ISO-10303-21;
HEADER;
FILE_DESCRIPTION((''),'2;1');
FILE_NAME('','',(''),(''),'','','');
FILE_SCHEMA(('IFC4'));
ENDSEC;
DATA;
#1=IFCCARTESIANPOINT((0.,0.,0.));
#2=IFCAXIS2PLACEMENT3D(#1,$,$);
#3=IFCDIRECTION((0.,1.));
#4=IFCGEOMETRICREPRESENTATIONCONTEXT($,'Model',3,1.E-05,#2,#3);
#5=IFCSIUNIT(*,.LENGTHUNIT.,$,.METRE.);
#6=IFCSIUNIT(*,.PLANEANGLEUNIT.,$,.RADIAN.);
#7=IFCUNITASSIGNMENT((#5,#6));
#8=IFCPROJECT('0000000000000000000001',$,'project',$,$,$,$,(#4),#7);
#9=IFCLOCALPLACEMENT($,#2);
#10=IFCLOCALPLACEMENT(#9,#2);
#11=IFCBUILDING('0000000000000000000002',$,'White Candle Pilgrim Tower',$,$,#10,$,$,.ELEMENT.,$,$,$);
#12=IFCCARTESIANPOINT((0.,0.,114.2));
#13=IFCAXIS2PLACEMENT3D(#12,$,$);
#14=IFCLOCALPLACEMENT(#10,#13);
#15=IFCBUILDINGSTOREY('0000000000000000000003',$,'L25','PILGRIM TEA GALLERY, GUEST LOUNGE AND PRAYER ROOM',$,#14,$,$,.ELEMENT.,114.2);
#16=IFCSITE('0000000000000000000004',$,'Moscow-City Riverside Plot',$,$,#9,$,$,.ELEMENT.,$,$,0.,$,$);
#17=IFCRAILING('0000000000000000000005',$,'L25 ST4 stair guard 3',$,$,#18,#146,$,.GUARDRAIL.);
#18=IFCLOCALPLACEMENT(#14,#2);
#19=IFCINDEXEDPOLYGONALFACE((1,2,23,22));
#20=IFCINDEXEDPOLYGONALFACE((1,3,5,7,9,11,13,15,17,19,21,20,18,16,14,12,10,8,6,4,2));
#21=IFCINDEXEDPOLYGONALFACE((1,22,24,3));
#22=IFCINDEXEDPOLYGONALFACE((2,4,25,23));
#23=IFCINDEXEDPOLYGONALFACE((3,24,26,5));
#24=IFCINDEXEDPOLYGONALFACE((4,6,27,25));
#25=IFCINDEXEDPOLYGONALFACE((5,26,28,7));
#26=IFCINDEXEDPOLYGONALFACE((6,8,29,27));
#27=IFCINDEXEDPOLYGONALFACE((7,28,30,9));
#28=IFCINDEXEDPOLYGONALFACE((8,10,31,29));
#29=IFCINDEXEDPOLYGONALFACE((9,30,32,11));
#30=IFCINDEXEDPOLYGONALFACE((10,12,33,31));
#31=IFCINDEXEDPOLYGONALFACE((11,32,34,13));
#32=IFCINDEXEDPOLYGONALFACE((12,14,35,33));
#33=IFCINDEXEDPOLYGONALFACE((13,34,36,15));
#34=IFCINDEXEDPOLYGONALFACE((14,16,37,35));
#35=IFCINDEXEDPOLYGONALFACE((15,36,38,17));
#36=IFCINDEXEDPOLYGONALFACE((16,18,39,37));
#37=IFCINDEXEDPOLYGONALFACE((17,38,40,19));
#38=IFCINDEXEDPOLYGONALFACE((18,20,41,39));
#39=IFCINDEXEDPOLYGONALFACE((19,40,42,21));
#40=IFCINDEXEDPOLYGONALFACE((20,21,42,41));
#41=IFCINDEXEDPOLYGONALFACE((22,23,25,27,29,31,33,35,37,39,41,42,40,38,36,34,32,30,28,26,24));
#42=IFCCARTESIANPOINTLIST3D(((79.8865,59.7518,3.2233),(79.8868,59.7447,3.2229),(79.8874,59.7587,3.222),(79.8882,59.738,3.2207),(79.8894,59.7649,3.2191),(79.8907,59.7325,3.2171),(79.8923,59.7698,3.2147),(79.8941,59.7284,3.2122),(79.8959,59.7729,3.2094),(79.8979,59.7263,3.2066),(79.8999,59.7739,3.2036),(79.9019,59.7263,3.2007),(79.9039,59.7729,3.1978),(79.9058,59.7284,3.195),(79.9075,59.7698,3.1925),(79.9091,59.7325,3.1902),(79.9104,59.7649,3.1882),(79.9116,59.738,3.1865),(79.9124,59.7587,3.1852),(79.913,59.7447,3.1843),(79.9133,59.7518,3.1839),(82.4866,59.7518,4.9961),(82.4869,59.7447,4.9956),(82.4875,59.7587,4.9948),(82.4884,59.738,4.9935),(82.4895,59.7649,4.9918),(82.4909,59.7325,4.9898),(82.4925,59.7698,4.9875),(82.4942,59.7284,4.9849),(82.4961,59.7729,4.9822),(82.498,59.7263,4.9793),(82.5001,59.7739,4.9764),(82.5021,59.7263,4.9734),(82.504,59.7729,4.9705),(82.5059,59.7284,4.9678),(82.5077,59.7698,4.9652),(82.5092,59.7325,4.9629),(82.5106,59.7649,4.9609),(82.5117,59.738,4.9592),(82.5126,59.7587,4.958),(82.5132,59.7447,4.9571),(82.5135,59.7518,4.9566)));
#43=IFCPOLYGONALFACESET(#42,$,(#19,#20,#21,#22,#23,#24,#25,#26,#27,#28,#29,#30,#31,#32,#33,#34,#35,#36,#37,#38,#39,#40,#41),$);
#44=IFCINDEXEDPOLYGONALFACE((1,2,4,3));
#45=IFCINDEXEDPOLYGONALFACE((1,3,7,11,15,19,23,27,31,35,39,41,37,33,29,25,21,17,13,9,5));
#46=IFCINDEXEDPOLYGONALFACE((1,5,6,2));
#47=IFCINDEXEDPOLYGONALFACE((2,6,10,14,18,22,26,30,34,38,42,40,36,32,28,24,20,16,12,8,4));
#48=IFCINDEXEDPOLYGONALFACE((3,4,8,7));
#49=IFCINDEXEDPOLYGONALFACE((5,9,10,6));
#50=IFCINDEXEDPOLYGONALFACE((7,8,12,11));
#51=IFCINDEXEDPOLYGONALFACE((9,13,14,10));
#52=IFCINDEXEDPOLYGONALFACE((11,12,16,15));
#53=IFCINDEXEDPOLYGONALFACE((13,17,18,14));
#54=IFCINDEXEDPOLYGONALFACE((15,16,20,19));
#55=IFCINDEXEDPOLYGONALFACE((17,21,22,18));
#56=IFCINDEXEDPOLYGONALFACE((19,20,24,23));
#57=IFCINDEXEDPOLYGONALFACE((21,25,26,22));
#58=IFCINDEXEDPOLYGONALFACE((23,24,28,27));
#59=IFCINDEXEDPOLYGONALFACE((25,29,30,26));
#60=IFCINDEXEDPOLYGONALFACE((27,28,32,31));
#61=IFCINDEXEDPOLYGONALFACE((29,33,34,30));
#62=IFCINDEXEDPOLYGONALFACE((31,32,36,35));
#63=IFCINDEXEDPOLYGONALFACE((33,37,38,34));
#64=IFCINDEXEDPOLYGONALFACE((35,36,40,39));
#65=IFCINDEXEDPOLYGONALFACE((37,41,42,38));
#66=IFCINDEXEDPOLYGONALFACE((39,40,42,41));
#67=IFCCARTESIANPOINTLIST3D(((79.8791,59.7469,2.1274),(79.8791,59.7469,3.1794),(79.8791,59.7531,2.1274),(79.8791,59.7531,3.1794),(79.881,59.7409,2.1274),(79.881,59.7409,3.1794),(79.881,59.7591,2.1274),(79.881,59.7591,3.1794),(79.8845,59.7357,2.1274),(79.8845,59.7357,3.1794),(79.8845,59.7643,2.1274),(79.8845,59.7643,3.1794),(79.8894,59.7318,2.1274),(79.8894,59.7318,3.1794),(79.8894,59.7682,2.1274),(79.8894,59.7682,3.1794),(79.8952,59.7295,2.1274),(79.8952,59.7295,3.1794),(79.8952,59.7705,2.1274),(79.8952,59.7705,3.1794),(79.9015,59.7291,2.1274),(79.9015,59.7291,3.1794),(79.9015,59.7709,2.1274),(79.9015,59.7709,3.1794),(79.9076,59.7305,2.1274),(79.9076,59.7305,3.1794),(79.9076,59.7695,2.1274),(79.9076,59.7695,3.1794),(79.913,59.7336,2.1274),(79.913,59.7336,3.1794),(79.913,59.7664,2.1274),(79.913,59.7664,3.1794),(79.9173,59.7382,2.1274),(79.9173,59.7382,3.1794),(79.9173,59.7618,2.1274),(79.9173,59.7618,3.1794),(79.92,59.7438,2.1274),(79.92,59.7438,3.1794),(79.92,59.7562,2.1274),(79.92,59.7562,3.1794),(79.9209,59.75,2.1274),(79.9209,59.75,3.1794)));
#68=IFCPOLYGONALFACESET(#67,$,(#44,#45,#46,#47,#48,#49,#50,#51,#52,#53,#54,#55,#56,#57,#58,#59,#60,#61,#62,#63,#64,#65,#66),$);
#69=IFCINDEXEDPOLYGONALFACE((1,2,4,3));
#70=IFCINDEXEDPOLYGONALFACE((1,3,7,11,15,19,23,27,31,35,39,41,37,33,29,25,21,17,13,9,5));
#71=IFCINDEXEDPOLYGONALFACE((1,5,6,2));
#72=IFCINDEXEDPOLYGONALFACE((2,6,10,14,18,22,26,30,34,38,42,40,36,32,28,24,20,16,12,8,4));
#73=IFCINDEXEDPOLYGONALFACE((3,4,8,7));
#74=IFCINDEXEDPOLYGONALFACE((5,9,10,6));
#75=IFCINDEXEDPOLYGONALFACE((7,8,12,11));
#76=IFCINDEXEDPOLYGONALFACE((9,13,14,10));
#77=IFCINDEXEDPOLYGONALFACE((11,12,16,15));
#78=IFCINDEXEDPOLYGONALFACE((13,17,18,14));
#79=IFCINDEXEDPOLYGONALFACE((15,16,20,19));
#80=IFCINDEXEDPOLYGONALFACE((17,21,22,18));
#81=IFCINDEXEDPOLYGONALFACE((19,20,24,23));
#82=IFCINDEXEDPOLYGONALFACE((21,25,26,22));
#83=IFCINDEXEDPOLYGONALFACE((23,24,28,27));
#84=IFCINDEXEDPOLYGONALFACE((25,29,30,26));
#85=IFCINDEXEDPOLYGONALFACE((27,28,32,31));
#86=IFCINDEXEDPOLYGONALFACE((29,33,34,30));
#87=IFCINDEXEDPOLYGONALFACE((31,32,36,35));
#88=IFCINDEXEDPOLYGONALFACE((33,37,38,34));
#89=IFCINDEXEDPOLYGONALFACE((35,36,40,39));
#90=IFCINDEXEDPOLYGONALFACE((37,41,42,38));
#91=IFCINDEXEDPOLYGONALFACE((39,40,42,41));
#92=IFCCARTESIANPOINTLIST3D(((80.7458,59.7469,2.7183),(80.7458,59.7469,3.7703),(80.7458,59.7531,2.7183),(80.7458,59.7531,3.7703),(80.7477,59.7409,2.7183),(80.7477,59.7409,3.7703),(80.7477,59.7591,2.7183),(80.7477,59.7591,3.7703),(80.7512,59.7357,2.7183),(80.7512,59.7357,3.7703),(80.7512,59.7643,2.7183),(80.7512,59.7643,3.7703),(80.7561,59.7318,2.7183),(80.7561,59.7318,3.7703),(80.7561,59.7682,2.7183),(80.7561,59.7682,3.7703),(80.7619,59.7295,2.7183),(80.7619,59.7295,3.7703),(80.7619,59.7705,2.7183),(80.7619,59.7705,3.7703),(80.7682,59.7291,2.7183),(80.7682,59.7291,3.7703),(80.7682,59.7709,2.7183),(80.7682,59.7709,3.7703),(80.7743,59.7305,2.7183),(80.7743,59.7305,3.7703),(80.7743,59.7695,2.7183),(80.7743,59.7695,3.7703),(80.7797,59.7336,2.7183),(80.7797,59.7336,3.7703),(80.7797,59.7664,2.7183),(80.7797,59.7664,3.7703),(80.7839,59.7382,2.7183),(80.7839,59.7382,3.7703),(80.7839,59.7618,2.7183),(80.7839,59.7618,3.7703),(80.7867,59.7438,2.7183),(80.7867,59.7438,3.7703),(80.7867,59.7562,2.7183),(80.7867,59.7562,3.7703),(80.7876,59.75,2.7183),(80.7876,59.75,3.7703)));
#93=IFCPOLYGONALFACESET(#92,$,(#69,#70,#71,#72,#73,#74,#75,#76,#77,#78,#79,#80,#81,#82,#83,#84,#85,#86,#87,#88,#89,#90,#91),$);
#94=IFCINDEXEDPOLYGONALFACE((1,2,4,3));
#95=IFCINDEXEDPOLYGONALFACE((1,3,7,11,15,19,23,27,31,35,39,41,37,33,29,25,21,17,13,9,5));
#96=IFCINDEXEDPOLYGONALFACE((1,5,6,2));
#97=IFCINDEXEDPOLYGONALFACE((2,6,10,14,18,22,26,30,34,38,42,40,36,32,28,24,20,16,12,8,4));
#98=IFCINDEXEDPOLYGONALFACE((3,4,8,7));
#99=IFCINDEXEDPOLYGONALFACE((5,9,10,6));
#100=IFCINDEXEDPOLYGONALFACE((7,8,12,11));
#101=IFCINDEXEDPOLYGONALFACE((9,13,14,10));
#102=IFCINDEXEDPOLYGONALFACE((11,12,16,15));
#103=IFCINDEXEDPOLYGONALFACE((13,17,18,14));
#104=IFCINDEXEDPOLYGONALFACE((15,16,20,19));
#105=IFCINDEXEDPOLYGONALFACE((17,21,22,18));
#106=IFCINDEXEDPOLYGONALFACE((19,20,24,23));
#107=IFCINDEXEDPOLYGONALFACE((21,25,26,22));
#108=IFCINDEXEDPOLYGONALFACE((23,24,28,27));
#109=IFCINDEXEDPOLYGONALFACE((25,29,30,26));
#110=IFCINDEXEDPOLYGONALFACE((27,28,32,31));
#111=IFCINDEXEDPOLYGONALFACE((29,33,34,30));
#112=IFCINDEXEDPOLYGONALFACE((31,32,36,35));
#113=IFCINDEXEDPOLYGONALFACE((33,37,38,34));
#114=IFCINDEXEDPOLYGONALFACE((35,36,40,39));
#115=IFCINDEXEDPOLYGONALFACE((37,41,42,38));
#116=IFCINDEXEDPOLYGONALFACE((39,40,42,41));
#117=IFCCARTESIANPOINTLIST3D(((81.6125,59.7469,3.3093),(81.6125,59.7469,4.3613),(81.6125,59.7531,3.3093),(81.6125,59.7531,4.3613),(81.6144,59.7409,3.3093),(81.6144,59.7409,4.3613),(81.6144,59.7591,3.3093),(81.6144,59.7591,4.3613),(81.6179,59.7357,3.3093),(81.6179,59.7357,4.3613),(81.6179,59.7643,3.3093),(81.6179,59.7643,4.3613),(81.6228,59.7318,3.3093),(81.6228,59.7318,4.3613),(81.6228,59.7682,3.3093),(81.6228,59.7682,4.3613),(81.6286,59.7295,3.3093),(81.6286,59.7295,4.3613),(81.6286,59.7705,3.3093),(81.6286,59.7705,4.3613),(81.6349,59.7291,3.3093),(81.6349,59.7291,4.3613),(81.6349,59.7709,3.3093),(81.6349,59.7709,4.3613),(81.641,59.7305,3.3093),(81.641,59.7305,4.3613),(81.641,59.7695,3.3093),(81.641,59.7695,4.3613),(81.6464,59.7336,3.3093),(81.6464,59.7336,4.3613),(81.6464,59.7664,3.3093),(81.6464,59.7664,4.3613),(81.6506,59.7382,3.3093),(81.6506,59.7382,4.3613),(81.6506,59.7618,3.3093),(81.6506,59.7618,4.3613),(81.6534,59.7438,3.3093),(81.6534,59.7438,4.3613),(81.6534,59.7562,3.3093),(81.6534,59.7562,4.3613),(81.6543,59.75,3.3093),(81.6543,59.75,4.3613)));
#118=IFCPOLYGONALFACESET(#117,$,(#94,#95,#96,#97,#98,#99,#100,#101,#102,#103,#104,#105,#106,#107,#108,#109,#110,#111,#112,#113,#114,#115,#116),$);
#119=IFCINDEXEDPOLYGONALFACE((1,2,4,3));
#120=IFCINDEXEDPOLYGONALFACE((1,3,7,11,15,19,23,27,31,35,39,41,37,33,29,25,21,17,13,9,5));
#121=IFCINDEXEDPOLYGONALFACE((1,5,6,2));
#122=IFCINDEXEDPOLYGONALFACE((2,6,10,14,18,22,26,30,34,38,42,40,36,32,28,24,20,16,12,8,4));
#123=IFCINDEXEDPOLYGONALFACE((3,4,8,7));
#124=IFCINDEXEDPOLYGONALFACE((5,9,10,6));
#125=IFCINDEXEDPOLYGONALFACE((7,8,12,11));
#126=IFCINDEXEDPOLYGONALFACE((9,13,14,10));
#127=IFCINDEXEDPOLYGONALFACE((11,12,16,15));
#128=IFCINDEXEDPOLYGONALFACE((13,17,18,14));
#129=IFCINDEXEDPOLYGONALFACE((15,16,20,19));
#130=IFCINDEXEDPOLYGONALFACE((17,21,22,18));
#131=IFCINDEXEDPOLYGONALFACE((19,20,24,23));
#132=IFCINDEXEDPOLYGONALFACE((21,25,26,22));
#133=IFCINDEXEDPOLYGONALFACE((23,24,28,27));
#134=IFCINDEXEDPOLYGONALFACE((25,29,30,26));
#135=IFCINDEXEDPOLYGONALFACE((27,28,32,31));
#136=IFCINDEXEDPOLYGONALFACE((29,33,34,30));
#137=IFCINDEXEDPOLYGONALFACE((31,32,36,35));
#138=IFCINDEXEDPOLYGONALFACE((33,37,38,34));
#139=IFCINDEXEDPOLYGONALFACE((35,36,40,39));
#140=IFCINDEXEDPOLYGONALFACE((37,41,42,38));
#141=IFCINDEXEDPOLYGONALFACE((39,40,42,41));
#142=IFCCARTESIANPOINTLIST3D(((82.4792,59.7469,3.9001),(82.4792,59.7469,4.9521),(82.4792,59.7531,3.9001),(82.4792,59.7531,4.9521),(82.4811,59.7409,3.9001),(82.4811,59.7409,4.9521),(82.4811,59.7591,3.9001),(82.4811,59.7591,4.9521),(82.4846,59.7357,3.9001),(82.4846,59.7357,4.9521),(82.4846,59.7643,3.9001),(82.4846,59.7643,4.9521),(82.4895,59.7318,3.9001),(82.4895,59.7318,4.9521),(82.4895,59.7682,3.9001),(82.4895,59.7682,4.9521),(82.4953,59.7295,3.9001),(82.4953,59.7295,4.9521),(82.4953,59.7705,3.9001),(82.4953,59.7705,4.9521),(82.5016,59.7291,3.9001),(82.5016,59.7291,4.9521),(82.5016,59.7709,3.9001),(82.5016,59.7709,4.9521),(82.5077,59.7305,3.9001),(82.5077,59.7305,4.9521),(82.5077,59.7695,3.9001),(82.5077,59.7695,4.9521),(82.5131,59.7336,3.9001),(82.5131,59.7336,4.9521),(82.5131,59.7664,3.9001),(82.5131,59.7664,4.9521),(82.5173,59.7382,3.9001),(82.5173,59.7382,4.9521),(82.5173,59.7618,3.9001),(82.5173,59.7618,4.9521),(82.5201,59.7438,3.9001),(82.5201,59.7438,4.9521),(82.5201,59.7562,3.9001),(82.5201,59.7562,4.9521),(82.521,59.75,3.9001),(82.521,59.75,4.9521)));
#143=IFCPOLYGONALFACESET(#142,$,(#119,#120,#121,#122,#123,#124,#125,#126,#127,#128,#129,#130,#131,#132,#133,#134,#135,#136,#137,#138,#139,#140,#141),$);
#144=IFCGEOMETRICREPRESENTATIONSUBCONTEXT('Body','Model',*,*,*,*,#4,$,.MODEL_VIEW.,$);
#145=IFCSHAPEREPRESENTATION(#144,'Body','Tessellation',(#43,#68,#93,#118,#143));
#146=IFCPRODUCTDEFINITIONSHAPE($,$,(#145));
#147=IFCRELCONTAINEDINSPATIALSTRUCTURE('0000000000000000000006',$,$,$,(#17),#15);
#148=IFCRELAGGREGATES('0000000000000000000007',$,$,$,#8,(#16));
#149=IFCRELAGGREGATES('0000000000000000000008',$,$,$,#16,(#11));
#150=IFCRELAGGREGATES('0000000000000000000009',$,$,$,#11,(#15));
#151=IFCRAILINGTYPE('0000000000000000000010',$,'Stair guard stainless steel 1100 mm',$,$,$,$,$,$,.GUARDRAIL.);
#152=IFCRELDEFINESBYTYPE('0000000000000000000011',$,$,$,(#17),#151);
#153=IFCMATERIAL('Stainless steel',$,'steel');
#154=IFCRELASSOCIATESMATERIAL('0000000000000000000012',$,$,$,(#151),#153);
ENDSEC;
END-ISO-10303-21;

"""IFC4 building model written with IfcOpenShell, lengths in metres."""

from ifc_helpers import new_model, si_unit, direction, frame, origin, origin_2d, place, context, subcontext, project, spatial, circle, extrude, material, type_object, element, save


model = new_model("IFC4")

# Units and contexts
model_context = context("Model", 3, precision=1e-05, world=origin(), true_north=direction((0.0, 1.0)))
body_context = subcontext(model_context, "Body", "Model", "MODEL_VIEW")
ifc_project = project(units=[si_unit("LENGTHUNIT", "METRE"), si_unit("PLANEANGLEUNIT", "RADIAN")], contexts=[model_context])

# Site, building, storey
site_placement = place(None, origin())
site = spatial("IfcSite", under=ifc_project, at=site_placement, Name="Moscow-City Riverside Plot", CompositionType="ELEMENT", RefElevation=0.0)
building_placement = place(site_placement, origin())
building = spatial("IfcBuilding", under=site, at=building_placement, Name="White Candle Pilgrim Tower", CompositionType="ELEMENT")
storey_placement = place(building_placement, frame((0.0, 0.0, 114.2)))
storey = spatial("IfcBuildingStorey", under=building, at=storey_placement, Name="L25", Description="PILGRIM TEA GALLERY, GUEST LOUNGE AND PRAYER ROOM", CompositionType="ELEMENT", Elevation=114.2)

# Railing
ifc_material_1 = material(Name="Stainless steel", Category="steel")
railing_type_1 = type_object("IfcRailingType", Name="Stair guard stainless steel 1100 mm", PredefinedType="GUARDRAIL", material=ifc_material_1)
railing_1_placement = place(storey_placement, frame((79.8999, 59.75, 2.1274)))
element("IfcRailing", 1, at=railing_1_placement, inside=storey, type_object=railing_type_1, Name="L25 ST4 stair guard 3", PredefinedType="GUARDRAIL", context=body_context, shape_type="SweptSolid", body=[
    extrude(circle(Radius=0.0239, at=origin_2d()), frame((0.0, 0.0, 1.0762), z_axis=(0.82624, 0.0, 0.563318), x_axis=(0.0, 1.0, 0.0)), (0.0, 0.0, 1.0), 3.147),
    extrude(circle(Radius=0.021, at=origin_2d()), origin(), (0.0, 0.0, 1.0), 1.052),
    extrude(circle(Radius=0.021, at=origin_2d()), frame((0.8667, 0.0, 0.5908)), (0.0, 0.0, 1.0), 1.052),
    extrude(circle(Radius=0.021, at=origin_2d()), frame((1.7334, 0.0, 1.1819)), (0.0, 0.0, 1.0), 1.052),
    extrude(circle(Radius=0.021, at=origin_2d()), frame((2.6001, 0.0, 1.7727)), (0.0, 0.0, 1.0), 1.052),
])

save(model, "model.ifc")
